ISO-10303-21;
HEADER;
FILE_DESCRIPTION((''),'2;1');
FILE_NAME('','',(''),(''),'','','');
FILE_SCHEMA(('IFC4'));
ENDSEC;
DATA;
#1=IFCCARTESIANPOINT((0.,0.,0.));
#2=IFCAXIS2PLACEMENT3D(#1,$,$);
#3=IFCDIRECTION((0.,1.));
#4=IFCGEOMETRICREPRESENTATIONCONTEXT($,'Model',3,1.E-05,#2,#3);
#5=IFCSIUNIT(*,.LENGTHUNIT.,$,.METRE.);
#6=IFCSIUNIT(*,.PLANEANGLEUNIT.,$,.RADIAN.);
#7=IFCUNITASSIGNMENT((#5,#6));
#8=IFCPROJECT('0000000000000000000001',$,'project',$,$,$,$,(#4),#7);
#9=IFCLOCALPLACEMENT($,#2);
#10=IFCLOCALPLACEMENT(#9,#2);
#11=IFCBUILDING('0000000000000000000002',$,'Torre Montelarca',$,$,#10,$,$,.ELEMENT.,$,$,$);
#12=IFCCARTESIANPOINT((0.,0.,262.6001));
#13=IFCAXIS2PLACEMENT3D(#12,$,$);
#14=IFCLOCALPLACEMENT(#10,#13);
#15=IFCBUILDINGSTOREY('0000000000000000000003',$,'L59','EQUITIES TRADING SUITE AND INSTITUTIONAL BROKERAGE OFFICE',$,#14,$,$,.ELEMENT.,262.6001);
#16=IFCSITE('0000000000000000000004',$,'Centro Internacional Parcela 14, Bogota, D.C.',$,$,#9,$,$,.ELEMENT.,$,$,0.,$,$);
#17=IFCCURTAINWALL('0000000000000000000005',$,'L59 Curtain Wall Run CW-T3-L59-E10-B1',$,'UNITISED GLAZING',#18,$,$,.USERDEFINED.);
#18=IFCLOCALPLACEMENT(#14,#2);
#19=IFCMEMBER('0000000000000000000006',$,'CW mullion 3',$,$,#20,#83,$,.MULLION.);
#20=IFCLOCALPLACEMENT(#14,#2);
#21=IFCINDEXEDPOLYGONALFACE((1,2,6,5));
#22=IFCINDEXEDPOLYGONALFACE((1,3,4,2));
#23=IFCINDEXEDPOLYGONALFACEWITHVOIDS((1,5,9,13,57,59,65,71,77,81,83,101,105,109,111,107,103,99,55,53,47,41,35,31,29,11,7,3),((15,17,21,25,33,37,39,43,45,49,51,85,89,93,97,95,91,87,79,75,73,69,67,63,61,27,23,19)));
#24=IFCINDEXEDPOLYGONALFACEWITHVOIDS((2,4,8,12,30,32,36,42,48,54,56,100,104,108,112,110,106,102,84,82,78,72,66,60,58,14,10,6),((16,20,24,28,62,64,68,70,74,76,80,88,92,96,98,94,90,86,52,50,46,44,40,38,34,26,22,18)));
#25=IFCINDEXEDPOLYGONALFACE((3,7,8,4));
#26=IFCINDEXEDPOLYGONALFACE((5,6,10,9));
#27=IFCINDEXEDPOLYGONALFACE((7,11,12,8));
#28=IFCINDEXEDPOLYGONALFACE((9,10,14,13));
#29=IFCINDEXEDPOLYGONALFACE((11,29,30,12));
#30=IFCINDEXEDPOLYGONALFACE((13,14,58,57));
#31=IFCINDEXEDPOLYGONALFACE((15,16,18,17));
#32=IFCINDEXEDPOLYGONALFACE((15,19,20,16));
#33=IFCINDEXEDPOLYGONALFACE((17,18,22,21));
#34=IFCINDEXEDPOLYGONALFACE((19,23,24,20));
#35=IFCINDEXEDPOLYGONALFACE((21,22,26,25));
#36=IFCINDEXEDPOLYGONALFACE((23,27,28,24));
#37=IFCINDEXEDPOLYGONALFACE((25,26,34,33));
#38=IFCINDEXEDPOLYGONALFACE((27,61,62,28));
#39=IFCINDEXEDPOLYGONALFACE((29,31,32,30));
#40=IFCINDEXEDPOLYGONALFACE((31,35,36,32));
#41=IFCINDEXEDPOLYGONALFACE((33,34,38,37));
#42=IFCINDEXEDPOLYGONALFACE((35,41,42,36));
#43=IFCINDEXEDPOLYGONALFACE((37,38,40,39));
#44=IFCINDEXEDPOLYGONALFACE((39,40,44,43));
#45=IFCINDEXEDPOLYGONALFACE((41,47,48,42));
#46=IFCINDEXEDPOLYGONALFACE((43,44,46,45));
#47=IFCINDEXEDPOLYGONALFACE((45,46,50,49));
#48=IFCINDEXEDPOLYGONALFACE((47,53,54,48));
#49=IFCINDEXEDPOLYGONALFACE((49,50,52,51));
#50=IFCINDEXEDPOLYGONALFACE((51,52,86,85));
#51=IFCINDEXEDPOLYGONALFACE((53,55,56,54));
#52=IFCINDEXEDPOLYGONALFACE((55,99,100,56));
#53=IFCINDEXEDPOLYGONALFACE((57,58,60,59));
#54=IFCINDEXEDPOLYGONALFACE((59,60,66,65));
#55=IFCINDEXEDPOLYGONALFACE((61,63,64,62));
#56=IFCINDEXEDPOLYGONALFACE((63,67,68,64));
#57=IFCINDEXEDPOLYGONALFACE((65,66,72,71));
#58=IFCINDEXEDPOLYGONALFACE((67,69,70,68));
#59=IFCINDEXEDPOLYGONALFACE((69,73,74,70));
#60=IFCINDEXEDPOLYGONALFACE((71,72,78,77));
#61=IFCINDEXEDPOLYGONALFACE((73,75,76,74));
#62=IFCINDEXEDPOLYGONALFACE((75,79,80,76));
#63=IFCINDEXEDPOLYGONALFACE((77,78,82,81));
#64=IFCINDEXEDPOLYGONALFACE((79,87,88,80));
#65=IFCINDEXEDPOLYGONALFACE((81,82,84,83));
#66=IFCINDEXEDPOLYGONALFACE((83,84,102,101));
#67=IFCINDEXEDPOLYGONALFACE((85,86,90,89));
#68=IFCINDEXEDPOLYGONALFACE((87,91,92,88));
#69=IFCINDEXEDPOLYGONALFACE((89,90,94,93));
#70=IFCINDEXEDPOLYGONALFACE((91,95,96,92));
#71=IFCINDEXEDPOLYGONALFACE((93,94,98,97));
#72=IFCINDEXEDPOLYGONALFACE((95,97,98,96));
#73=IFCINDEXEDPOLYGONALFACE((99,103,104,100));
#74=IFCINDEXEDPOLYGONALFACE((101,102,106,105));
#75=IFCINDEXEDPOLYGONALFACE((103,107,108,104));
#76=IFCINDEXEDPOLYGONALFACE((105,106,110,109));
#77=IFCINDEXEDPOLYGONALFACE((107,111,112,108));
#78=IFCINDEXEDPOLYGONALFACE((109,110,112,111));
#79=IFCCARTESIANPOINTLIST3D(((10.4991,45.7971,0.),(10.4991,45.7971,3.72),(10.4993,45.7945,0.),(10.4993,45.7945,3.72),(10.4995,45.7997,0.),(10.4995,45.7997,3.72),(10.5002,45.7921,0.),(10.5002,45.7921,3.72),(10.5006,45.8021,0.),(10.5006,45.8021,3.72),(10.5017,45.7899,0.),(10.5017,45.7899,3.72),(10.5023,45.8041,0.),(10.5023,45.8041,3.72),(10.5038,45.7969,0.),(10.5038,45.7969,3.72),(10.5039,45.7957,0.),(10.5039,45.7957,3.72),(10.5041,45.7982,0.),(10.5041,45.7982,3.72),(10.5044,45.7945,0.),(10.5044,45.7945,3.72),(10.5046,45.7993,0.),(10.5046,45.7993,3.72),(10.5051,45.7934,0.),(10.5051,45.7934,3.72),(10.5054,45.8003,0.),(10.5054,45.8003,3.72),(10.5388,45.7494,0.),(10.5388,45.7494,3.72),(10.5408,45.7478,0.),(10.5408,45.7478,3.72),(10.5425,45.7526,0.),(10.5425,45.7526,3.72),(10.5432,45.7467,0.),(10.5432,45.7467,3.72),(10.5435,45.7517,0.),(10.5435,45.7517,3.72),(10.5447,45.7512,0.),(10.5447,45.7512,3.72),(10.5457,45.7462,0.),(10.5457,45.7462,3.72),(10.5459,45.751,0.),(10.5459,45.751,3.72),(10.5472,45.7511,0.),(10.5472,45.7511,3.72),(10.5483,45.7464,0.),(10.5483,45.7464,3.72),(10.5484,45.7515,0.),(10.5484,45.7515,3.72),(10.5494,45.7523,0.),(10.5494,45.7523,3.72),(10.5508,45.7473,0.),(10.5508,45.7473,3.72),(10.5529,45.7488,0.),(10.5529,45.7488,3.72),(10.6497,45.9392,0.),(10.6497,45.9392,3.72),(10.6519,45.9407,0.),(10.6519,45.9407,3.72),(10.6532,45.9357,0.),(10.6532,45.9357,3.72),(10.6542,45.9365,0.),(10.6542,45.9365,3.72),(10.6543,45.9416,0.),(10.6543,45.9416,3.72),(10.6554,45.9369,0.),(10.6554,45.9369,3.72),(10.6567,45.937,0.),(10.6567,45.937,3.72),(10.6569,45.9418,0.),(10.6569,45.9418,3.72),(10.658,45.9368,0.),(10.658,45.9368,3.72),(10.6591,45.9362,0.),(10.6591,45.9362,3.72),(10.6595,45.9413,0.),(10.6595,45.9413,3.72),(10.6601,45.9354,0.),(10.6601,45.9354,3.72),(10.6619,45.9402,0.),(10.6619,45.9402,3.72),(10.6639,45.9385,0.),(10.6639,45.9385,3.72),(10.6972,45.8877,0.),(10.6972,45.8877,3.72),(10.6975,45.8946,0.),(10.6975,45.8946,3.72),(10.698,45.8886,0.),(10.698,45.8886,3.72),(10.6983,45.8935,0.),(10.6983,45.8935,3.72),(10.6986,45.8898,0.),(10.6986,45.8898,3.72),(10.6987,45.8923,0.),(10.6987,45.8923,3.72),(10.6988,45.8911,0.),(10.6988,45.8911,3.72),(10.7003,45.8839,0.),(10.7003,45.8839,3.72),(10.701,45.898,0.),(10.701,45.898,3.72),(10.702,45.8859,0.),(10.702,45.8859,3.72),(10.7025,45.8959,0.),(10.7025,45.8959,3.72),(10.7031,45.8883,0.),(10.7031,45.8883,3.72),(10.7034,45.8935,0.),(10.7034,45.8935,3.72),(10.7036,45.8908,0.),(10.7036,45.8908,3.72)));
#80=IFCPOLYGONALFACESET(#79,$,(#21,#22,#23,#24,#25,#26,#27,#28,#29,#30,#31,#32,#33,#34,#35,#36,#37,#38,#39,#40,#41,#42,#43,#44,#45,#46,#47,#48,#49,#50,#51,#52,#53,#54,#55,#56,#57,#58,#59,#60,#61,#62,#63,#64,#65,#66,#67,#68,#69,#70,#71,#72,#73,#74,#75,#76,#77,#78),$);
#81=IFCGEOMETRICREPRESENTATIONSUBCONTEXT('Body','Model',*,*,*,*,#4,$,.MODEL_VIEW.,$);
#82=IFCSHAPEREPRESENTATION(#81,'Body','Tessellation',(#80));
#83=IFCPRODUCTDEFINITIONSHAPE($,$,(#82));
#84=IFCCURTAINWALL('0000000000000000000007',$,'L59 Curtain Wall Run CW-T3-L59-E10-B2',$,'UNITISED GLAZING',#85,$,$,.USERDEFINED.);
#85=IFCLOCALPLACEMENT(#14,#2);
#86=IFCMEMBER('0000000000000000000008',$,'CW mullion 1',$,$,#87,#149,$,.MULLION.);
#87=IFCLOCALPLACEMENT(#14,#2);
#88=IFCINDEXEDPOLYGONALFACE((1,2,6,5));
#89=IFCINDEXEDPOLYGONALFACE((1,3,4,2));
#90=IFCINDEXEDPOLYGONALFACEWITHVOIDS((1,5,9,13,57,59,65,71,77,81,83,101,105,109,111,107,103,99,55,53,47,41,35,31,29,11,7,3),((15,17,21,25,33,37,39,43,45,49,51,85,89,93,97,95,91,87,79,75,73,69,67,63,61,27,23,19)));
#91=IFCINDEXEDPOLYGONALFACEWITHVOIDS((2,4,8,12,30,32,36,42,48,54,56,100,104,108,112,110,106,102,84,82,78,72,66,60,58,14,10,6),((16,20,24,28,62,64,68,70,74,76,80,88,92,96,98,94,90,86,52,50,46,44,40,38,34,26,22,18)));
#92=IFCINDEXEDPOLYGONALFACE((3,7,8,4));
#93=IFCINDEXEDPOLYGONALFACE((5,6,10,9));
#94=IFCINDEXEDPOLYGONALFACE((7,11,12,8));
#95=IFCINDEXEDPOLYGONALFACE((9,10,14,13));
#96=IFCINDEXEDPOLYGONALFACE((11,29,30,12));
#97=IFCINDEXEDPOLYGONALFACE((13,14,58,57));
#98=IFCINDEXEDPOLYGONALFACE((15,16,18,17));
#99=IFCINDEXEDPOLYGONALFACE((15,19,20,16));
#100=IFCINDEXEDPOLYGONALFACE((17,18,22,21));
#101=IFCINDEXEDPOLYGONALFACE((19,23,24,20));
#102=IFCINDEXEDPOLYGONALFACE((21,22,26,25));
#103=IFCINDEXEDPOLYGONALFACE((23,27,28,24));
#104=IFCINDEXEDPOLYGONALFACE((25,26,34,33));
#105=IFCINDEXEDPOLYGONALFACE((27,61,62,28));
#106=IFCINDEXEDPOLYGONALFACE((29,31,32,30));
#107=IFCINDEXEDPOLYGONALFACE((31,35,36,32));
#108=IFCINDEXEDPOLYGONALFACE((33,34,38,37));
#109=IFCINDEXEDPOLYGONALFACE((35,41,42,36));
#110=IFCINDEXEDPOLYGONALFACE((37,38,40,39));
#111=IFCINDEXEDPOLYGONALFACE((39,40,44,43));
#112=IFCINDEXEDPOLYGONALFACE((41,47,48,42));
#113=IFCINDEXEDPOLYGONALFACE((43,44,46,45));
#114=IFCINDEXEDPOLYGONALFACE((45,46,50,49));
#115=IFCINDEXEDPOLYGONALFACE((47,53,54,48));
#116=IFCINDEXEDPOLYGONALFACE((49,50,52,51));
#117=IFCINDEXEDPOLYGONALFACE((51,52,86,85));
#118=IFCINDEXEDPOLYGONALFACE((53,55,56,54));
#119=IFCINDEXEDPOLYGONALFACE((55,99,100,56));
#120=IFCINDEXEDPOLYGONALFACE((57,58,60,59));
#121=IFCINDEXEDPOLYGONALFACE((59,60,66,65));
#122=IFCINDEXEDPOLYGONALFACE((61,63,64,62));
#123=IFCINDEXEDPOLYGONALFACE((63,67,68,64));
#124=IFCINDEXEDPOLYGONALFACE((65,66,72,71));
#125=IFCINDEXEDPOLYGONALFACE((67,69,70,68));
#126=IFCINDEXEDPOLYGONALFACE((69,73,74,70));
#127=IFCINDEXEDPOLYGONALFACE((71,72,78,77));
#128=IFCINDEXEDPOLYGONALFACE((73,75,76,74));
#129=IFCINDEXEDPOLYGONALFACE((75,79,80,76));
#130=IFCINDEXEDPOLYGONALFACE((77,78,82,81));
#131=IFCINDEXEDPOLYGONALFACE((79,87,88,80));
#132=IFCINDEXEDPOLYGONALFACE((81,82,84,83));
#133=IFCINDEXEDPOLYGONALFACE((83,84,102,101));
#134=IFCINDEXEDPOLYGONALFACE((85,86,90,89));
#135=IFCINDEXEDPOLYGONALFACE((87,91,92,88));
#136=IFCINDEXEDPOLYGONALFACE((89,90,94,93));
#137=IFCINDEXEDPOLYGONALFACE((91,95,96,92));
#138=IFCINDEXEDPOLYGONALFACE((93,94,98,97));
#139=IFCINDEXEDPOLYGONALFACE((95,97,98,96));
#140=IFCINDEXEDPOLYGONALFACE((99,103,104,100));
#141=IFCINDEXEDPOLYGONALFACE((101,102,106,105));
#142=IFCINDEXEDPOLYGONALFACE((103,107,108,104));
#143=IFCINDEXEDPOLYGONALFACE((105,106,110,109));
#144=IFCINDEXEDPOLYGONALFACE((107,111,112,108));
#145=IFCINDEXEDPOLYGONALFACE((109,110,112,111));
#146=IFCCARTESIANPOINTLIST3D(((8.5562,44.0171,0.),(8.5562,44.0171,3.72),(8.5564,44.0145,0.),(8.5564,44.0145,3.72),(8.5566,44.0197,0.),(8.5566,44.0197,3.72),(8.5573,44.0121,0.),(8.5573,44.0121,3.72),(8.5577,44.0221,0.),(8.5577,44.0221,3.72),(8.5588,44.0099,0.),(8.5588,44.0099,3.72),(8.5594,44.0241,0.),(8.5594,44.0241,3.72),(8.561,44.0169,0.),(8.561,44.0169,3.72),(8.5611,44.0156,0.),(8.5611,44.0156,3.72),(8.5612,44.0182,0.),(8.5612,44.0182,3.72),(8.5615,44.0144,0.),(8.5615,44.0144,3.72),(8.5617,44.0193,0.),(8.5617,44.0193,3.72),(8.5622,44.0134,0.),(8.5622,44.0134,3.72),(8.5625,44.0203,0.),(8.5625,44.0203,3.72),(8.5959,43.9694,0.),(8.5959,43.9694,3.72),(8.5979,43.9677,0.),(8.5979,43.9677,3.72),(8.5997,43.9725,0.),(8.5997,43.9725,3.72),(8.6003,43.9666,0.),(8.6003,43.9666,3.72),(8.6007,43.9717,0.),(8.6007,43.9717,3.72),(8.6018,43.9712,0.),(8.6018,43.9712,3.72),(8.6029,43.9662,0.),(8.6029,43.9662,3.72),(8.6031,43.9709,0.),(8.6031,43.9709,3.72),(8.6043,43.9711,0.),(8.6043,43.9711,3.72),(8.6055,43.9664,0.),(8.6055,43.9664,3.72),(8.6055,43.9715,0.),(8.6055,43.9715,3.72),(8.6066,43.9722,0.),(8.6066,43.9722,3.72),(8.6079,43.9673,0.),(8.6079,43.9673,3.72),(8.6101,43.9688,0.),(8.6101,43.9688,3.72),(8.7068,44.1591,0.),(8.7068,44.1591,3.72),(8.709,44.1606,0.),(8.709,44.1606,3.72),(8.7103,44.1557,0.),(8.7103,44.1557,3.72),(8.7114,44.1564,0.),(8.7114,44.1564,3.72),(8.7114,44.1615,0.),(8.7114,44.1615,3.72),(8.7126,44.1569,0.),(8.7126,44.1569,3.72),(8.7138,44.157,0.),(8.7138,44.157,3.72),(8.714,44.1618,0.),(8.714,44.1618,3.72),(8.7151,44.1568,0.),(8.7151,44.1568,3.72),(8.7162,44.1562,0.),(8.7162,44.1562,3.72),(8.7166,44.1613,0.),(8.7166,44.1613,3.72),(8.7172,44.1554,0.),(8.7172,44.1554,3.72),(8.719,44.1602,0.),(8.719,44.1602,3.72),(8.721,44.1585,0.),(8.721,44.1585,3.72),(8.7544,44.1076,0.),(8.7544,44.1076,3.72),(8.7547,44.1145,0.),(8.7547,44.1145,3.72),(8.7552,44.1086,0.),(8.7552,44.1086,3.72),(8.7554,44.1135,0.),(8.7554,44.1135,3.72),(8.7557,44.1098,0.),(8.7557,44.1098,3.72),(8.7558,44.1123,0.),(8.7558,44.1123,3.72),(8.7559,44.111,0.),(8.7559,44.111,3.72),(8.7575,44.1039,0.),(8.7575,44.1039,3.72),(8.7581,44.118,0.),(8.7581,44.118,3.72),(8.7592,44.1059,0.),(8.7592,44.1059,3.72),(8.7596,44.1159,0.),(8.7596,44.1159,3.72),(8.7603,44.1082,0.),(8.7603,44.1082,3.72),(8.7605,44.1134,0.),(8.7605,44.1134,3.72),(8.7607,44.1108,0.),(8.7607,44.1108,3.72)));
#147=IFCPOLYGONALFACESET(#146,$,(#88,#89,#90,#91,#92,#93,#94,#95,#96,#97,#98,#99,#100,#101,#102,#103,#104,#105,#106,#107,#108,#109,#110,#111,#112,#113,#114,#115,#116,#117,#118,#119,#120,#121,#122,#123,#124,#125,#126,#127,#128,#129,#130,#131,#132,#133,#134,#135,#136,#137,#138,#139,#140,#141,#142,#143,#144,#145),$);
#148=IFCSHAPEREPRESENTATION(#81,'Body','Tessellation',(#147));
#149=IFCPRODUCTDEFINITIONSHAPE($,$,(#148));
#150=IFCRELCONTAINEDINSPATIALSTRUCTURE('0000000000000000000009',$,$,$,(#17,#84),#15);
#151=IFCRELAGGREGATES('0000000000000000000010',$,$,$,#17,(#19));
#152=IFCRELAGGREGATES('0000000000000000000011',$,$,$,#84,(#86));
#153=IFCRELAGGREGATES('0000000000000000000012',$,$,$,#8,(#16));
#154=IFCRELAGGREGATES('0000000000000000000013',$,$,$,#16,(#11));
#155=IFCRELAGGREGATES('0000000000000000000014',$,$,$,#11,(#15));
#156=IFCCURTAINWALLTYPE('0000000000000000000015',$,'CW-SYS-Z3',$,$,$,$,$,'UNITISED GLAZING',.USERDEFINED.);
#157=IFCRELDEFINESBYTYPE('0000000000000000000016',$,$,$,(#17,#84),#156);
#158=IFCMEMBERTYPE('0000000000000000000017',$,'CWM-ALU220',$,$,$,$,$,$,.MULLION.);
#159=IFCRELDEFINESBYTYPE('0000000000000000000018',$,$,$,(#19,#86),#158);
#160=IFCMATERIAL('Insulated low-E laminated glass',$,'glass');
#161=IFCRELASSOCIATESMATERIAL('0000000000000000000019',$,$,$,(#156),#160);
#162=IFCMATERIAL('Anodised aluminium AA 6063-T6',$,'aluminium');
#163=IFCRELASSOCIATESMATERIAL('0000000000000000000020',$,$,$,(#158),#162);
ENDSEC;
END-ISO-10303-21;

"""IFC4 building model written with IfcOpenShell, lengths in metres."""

from ifc_helpers import new_model, si_unit, direction, frame, origin, origin_2d, place, context, subcontext, project, spatial, hollow_rectangle, extrude, source, transform, mapped, material, material_profile, profile_set, type_object, element, aggregate, save


model = new_model("IFC4")

# Units and contexts
model_context = context("Model", 3, precision=1e-05, world=origin(), true_north=direction((0.0, 1.0)))
body_context = subcontext(model_context, "Body", "Model", "MODEL_VIEW")
ifc_project = project(units=[si_unit("LENGTHUNIT", "METRE"), si_unit("PLANEANGLEUNIT", "RADIAN")], contexts=[model_context])

# Site, building, storey
site_placement = place(None, origin())
site = spatial("IfcSite", under=ifc_project, at=site_placement, Name="Centro Internacional Parcela 14, Bogota, D.C.", CompositionType="ELEMENT", RefElevation=0.0)
building_placement = place(site_placement, origin())
building = spatial("IfcBuilding", under=site, at=building_placement, Name="Torre Montelarca", CompositionType="ELEMENT")
storey_placement = place(building_placement, frame((0.0, 0.0, 262.6001)))
storey = spatial("IfcBuildingStorey", under=building, at=storey_placement, Name="L59", Description="EQUITIES TRADING SUITE AND INSTITUTIONAL BROKERAGE OFFICE", CompositionType="ELEMENT", Elevation=262.6001)

# Curtain walls, members
ifc_material_1 = material(Name="Insulated low-E laminated glass", Category="glass")
curtain_wall_type = type_object("IfcCurtainWallType", Name="CW-SYS-Z3", ElementType="UNITISED GLAZING", PredefinedType="USERDEFINED", material=ifc_material_1)
curtain_wall_1_placement = place(storey_placement, origin())
curtain_wall_1 = element("IfcCurtainWall", 1, at=curtain_wall_1_placement, inside=storey, type_object=curtain_wall_type, Name="L59 Curtain Wall Run CW-T3-L59-E10-B1", ObjectType="UNITISED GLAZING", PredefinedType="USERDEFINED")
ifc_material_2 = material(Name="Anodised aluminium AA 6063-T6", Category="aluminium")
ifc_material_profile_1 = material_profile(ifc_material_2, hollow_rectangle(XDim=0.075, YDim=0.22, WallThickness=0.0049, InnerFilletRadius=0.0049, OuterFilletRadius=0.01, at=origin_2d()), Name="ALU75X220X5", Category="aluminium")
ifc_profile_set_1 = profile_set([ifc_material_profile_1], Name="Anodised aluminium AA 6063-T6")
member_type_1 = type_object("IfcMemberType", Name="CWM-ALU220", PredefinedType="MULLION", material=ifc_profile_set_1)
shared_shape_1 = source(origin(), body_context, "Body", "SweptSolid", [
    extrude(hollow_rectangle(XDim=0.075, YDim=0.22, WallThickness=0.0049, InnerFilletRadius=0.0049, OuterFilletRadius=0.01, at=origin_2d()), origin(), (0.0, 0.0, 1.0), 3.72),
])
member_1_placement = place(storey_placement, frame((10.6013, 45.844, 0.0), z_axis=(0.0, 0.0, 1.0), x_axis=(0.675588, -0.737279, 0.0)))
member_1 = element("IfcMember", 2, at=member_1_placement, type_object=member_type_1, Name="CW mullion 3", PredefinedType="MULLION", context=body_context, shape_type="MappedRepresentation", body=[
    mapped(shared_shape_1, transform((0.0, 0.0, 0.0), scale=1.0)),
])
curtain_wall_2_placement = place(storey_placement, origin())
curtain_wall_2 = element("IfcCurtainWall", 3, at=curtain_wall_2_placement, inside=storey, type_object=curtain_wall_type, Name="L59 Curtain Wall Run CW-T3-L59-E10-B2", ObjectType="UNITISED GLAZING", PredefinedType="USERDEFINED")
member_2_placement = place(storey_placement, frame((8.6584, 44.064, 0.0), z_axis=(0.0, 0.0, 1.0), x_axis=(0.675588, -0.737279, 0.0)))
member_2 = element("IfcMember", 4, at=member_2_placement, type_object=member_type_1, Name="CW mullion 1", PredefinedType="MULLION", context=body_context, shape_type="MappedRepresentation", body=[
    mapped(shared_shape_1, transform((0.0, 0.0, 0.0), scale=1.0)),
])

aggregate(curtain_wall_1, [member_1])
aggregate(curtain_wall_2, [member_2])

save(model, "model.ifc")
